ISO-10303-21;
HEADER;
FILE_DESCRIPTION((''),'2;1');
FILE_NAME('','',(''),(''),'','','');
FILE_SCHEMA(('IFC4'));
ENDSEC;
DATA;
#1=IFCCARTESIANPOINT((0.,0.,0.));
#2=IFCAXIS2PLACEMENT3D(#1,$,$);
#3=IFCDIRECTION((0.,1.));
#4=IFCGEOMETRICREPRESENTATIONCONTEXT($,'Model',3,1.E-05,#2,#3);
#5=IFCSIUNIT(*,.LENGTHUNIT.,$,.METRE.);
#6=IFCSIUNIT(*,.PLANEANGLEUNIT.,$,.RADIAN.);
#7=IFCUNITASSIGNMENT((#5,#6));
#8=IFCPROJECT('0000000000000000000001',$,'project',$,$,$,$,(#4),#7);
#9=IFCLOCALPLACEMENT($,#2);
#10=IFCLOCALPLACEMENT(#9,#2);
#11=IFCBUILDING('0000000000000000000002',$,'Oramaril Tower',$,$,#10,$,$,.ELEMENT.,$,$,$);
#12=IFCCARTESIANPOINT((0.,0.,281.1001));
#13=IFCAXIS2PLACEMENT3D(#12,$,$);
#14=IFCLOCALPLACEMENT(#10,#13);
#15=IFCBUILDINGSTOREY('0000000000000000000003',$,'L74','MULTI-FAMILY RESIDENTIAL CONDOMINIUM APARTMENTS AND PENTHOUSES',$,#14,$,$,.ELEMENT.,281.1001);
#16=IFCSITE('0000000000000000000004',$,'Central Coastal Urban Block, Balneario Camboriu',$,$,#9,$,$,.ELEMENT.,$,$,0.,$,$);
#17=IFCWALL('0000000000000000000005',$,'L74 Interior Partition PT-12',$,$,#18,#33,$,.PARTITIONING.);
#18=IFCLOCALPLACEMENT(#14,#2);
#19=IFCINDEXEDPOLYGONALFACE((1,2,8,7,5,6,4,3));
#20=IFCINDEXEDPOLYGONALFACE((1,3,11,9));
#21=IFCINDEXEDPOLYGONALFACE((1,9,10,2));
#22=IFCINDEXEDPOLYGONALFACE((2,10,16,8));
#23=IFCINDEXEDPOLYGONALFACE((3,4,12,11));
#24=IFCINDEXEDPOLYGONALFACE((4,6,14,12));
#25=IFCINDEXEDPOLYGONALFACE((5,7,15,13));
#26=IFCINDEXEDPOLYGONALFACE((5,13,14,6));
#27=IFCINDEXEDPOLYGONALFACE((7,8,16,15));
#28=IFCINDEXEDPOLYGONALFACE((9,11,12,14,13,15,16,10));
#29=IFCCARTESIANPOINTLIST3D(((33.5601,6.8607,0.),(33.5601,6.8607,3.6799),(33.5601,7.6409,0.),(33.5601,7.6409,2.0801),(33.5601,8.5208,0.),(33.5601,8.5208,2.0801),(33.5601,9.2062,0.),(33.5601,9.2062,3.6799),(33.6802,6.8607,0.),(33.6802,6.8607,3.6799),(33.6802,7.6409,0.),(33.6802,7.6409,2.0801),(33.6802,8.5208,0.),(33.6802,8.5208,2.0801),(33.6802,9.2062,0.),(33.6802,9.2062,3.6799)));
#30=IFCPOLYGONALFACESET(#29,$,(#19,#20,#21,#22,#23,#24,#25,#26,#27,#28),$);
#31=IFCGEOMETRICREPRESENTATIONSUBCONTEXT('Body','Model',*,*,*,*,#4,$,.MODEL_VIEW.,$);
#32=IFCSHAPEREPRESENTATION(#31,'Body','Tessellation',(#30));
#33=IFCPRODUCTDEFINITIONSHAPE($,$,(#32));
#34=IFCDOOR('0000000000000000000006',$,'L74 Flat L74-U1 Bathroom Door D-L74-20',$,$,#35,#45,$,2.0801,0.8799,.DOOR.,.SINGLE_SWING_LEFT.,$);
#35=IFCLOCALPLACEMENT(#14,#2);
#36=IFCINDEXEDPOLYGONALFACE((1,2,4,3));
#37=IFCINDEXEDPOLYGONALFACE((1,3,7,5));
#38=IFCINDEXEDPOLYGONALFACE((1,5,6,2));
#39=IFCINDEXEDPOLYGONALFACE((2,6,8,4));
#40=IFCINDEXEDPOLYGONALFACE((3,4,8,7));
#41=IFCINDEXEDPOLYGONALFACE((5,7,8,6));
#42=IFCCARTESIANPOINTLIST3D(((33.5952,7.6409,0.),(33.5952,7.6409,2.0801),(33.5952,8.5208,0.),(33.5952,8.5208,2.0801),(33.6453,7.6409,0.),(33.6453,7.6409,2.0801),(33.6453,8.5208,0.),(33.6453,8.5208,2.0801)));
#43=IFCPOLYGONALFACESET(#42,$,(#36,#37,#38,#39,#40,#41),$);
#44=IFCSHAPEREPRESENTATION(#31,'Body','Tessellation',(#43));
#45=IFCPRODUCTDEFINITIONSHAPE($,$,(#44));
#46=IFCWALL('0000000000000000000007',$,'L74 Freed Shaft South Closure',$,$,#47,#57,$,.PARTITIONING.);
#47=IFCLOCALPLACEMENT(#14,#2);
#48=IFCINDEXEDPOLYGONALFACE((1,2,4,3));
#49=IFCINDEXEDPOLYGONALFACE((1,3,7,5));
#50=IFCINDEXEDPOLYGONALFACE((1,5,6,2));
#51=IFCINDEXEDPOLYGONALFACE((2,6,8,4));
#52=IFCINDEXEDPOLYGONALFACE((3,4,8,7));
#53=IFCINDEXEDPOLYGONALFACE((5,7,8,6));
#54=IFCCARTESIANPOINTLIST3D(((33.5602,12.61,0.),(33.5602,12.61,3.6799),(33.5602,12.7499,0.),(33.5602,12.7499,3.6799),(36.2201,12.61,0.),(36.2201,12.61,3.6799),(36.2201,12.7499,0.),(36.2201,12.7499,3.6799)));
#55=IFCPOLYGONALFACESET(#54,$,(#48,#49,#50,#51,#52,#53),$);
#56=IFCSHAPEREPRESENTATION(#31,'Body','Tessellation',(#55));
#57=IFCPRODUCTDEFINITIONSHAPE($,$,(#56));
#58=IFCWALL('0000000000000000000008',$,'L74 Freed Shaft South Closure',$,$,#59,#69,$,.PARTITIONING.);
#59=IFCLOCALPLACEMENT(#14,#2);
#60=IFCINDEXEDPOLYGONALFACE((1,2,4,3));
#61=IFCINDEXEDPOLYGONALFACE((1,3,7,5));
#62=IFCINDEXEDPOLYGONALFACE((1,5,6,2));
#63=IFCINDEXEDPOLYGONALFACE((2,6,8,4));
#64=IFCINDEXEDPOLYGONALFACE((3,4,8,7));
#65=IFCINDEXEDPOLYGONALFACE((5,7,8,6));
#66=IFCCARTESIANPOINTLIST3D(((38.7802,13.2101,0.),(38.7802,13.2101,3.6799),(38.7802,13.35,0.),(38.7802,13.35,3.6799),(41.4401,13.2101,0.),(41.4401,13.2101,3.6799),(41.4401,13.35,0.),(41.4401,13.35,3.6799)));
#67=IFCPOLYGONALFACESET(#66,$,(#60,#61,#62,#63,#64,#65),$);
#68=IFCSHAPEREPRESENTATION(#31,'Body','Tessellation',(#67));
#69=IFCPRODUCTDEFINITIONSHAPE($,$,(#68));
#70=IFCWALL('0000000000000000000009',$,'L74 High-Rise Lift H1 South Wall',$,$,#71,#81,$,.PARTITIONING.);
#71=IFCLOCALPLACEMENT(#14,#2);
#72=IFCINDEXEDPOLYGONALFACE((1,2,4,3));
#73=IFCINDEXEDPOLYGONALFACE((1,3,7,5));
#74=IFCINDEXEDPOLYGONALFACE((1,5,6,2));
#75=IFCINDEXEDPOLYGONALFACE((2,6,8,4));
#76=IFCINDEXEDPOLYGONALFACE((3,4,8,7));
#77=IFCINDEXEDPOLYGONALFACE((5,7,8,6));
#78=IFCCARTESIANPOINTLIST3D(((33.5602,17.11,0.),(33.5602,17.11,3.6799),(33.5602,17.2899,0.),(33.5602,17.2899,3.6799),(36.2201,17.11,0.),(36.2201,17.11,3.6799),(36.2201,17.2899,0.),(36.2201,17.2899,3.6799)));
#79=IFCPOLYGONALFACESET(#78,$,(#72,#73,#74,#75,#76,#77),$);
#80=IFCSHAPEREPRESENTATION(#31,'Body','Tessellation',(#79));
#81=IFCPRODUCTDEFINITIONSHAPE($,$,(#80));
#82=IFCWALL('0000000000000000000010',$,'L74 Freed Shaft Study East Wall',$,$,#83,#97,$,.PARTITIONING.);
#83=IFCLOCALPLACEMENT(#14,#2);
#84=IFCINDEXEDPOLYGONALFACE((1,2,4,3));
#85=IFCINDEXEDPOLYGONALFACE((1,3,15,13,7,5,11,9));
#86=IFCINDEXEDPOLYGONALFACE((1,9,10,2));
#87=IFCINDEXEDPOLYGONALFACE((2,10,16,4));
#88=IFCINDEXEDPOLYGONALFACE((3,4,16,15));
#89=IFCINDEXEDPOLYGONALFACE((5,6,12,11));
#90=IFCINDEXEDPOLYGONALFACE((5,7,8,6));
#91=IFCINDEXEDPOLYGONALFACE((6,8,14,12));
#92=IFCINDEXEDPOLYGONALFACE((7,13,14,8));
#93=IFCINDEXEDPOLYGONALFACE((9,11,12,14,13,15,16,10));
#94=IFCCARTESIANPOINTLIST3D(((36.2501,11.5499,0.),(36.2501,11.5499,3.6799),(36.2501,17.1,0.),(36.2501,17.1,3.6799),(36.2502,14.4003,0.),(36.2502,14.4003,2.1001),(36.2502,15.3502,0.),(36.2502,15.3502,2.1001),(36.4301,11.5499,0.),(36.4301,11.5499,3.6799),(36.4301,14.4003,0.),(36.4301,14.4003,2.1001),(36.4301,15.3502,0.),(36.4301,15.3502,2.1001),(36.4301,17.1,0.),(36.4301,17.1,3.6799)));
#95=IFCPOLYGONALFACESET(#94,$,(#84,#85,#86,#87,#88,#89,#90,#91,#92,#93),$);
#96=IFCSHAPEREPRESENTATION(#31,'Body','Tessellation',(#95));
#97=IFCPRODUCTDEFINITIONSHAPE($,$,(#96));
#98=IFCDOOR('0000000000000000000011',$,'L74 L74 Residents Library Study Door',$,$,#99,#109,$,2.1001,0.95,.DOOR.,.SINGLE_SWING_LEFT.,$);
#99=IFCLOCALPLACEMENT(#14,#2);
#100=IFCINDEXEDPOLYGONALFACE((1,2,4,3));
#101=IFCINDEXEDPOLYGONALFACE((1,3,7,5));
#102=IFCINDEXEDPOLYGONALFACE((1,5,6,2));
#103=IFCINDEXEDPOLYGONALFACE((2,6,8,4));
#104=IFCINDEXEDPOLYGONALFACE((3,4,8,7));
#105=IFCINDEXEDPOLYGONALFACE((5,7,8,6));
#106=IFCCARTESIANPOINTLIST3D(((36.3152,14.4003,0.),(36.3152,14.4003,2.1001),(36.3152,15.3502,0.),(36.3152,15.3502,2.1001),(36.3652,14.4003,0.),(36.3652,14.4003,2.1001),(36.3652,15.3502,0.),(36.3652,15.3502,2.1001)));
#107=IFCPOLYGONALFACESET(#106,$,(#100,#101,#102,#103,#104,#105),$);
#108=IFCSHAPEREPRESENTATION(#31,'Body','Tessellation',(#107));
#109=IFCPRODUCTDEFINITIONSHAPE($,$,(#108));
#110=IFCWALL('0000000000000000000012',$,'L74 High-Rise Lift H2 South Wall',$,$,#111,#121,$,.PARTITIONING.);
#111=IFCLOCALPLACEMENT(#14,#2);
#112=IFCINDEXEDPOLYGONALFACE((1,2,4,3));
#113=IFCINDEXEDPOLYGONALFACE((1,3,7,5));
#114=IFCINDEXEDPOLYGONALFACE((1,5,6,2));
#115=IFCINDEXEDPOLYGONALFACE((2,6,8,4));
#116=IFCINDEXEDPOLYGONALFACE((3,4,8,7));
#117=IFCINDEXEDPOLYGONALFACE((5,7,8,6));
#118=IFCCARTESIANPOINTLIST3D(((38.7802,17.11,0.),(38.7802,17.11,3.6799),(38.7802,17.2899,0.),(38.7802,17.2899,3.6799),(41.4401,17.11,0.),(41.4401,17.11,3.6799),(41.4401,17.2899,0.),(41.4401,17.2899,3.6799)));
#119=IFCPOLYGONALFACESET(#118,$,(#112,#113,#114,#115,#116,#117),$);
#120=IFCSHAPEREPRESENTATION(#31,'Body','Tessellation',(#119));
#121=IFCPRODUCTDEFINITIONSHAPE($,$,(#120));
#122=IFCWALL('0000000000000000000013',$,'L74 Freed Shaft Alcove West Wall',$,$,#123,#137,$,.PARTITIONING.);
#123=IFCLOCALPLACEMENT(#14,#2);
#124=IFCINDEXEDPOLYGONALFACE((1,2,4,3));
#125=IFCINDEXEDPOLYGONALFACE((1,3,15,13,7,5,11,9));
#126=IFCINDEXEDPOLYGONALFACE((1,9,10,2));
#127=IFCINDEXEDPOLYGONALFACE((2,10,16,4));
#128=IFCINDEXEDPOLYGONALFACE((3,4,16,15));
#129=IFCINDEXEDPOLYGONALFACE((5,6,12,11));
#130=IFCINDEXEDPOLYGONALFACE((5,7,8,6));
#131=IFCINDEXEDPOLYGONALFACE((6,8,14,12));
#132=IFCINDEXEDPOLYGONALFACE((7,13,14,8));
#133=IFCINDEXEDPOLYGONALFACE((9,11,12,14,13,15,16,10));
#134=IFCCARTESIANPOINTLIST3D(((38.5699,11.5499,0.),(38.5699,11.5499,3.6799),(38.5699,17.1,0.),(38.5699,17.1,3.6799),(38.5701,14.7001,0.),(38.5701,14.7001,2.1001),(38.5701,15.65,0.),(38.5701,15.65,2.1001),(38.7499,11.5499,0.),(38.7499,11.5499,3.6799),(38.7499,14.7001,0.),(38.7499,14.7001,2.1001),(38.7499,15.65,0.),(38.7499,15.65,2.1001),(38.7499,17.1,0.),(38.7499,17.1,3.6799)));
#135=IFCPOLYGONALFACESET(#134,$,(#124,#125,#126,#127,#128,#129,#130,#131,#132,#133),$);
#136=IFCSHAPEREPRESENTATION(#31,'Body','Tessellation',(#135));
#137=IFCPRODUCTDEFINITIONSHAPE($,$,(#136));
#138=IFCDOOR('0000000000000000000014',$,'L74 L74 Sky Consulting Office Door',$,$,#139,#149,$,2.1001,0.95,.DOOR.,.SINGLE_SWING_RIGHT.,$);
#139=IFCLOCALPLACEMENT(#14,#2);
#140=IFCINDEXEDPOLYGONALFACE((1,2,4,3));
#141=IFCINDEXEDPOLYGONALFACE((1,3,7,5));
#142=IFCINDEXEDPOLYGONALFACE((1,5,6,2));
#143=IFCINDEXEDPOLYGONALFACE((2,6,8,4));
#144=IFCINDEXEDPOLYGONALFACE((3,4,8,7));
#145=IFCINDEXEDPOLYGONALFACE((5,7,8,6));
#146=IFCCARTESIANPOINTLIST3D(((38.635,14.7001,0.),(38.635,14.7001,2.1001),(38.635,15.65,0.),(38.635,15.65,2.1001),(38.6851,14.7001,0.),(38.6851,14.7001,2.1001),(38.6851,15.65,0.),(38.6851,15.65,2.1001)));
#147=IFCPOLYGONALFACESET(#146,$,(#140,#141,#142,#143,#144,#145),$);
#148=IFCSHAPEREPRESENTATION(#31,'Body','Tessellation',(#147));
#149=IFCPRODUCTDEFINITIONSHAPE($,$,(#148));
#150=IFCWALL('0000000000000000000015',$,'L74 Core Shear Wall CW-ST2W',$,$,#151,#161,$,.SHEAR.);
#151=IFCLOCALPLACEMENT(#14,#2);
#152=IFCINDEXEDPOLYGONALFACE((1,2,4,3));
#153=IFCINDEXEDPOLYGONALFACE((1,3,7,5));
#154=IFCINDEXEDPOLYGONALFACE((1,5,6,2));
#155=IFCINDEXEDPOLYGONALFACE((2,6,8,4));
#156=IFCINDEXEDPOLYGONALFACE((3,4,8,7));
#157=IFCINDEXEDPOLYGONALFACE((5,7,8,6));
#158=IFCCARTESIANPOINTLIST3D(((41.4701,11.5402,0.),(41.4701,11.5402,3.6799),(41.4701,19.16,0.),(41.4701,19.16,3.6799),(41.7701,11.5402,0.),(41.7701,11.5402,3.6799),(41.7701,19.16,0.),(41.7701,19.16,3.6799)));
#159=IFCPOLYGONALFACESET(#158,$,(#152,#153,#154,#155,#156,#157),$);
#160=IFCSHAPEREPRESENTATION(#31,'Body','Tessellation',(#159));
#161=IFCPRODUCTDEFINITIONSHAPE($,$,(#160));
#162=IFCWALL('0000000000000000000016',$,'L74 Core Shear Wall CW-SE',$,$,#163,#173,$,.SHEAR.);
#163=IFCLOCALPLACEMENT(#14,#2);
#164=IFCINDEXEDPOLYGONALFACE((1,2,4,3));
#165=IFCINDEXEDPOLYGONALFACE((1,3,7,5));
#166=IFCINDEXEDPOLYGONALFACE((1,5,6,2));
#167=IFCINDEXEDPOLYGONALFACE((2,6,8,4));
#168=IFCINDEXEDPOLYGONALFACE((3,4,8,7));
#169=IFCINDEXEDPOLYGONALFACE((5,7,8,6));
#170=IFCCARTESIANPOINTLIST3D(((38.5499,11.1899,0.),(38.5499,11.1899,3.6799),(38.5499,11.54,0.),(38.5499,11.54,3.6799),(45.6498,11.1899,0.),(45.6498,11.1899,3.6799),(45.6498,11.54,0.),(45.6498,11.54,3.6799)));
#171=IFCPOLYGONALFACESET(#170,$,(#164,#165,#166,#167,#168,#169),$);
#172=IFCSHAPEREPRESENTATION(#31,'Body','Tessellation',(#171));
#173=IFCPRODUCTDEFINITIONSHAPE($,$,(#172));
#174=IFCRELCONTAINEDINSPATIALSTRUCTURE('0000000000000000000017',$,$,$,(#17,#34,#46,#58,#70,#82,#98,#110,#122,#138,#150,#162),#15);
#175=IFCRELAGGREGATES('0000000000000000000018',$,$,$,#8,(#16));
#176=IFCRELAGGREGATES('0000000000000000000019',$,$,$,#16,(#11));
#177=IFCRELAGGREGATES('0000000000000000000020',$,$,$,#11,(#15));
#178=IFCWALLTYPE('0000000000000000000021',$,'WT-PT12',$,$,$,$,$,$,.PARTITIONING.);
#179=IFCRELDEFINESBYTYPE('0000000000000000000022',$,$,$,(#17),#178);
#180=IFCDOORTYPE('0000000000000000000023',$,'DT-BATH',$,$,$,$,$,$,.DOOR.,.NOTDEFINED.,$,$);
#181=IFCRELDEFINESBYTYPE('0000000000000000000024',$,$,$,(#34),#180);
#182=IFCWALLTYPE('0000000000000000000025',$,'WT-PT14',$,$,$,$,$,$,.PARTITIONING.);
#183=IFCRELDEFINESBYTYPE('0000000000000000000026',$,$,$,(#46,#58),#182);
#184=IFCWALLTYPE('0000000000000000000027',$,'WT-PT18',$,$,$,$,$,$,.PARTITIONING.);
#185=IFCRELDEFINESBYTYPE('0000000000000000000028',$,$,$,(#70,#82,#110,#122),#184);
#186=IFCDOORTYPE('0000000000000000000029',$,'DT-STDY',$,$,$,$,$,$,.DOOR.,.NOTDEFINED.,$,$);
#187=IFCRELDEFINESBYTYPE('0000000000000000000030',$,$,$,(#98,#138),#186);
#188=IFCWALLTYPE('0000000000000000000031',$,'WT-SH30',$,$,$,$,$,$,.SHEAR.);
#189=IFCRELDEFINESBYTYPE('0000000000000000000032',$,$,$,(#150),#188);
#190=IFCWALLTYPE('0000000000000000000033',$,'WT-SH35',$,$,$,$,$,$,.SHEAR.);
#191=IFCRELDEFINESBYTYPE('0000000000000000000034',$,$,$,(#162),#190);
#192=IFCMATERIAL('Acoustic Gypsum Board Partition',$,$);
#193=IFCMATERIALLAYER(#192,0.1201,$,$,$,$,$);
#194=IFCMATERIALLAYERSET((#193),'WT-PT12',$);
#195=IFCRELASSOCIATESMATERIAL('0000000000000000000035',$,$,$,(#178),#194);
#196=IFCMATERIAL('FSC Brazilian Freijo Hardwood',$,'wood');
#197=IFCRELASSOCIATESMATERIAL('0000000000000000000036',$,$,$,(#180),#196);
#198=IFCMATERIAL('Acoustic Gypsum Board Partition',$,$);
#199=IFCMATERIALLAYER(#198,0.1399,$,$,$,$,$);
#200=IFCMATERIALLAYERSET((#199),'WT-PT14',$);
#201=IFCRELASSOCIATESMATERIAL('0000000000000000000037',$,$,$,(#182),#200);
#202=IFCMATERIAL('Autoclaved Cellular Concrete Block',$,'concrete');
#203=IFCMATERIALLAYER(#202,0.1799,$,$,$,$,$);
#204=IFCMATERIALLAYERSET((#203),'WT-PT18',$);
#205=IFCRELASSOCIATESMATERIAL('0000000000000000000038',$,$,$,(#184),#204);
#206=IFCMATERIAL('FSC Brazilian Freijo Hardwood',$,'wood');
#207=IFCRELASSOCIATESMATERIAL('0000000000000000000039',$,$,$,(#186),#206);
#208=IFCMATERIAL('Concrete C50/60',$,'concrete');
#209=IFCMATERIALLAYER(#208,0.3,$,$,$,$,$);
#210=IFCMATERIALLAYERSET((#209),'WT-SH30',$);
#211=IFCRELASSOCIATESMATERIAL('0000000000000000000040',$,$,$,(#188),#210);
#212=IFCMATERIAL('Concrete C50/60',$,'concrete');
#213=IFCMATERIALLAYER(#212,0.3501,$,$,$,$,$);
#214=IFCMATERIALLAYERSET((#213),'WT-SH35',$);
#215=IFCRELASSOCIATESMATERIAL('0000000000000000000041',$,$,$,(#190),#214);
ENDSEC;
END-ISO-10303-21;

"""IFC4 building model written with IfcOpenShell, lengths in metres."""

from ifc_helpers import new_model, si_unit, direction, frame, frame_2d, origin, place, context, subcontext, project, spatial, rectangle, extrude, material, layer, layer_set, type_object, element, fill, save


model = new_model("IFC4")

# Units and contexts
model_context = context("Model", 3, precision=1e-05, world=origin(), true_north=direction((0.0, 1.0)))
body_context = subcontext(model_context, "Body", "Model", "MODEL_VIEW")
ifc_project = project(units=[si_unit("LENGTHUNIT", "METRE"), si_unit("PLANEANGLEUNIT", "RADIAN")], contexts=[model_context])

# Site, building, storey
site_placement = place(None, origin())
site = spatial("IfcSite", under=ifc_project, at=site_placement, Name="Central Coastal Urban Block, Balneario Camboriu", CompositionType="ELEMENT", RefElevation=0.0)
building_placement = place(site_placement, origin())
building = spatial("IfcBuilding", under=site, at=building_placement, Name="Oramaril Tower", CompositionType="ELEMENT")
storey_placement = place(building_placement, frame((0.0, 0.0, 281.1001)))
storey = spatial("IfcBuildingStorey", under=building, at=storey_placement, Name="L74", Description="MULTI-FAMILY RESIDENTIAL CONDOMINIUM APARTMENTS AND PENTHOUSES", CompositionType="ELEMENT", Elevation=281.1001)

# Wall, opening, door
ifc_material_1 = material(Name="Acoustic Gypsum Board Partition")
ifc_layer_1 = layer(ifc_material_1, 0.1201)
ifc_layer_set_1 = layer_set([ifc_layer_1], Name="WT-PT12")
wall_type_1 = type_object("IfcWallType", Name="WT-PT12", PredefinedType="PARTITIONING", material=ifc_layer_set_1)
wall_1_placement = place(storey_placement, frame((33.6201, 6.8606, 0.0), z_axis=(0.0, 0.0, 1.0), x_axis=(0.0, 1.0, 0.0)))
wall_1 = element("IfcWall", 1, at=wall_1_placement, inside=storey, type_object=wall_type_1, Name="L74 Interior Partition PT-12", PredefinedType="PARTITIONING", context=body_context, shape_type="SweptSolid", body=[
    extrude(rectangle(XDim=2.3455, YDim=0.1201, at=frame_2d((1.1729, 0.0))), origin(), (0.0, 0.0, 1.0), 3.6799),
])
opening_1_placement = place(wall_1_placement, frame((0.7803, 0.0, 0.0)))
opening_1 = element("IfcOpeningElement", 2, at=opening_1_placement, cuts=wall_1, PredefinedType="OPENING", context=body_context, shape_type="SweptSolid", body=[
    extrude(rectangle(XDim=0.8799, YDim=2.0801, at=frame_2d((0.4399, 1.04))), frame((0.0, 0.0601, 0.0), z_axis=(0.0, -1.0, 0.0), x_axis=(1.0, 0.0, 0.0)), (0.0, 0.0, 1.0), 0.1201),
])
ifc_material_2 = material(Name="FSC Brazilian Freijo Hardwood", Category="wood")
door_type_1 = type_object("IfcDoorType", Name="DT-BATH", OperationType="NOTDEFINED", PredefinedType="DOOR", material=ifc_material_2)
door_1_placement = place(opening_1_placement, origin())
door_1 = element("IfcDoor", 3, at=door_1_placement, inside=storey, type_object=door_type_1, Name="L74 Flat L74-U1 Bathroom Door D-L74-20", OperationType="SINGLE_SWING_LEFT", OverallHeight=2.0801, OverallWidth=0.8799, PredefinedType="DOOR", context=body_context, shape_type="SweptSolid", body=[
    extrude(rectangle(XDim=0.8799, YDim=2.0801, at=frame_2d((0.4399, 1.04))), frame((0.0, 0.0249, 0.0), z_axis=(0.0, -1.0, 0.0), x_axis=(1.0, 0.0, 0.0)), (0.0, 0.0, 1.0), 0.05),
])
fill(opening_1, door_1)

# Walls
ifc_material_3 = material(Name="Acoustic Gypsum Board Partition")
ifc_layer_2 = layer(ifc_material_3, 0.1399)
ifc_layer_set_2 = layer_set([ifc_layer_2], Name="WT-PT14")
wall_type_2 = type_object("IfcWallType", Name="WT-PT14", PredefinedType="PARTITIONING", material=ifc_layer_set_2)
for number, where, z_axis, x_axis, name in (
    (4, (33.5601, 12.6799, 0.0), (0.0, 0.0, 1.0), (1.0, 0.0, 0.0), "L74 Freed Shaft South Closure"),
    (5, (38.78, 13.28, 0.0), (0.0, 0.0, 1.0), (1.0, 0.0, 0.0), "L74 Freed Shaft South Closure"),
):
    element("IfcWall", number, at=place(storey_placement, frame(where, z_axis=z_axis, x_axis=x_axis)), inside=storey, type_object=wall_type_2, Name=name, PredefinedType="PARTITIONING", context=body_context, shape_type="SweptSolid", body=[
        extrude(rectangle(XDim=2.6599, YDim=0.1399, at=frame_2d((1.3301, 0.0))), origin(), (0.0, 0.0, 1.0), 3.6799),
    ])
ifc_material_4 = material(Name="Autoclaved Cellular Concrete Block", Category="concrete")
ifc_layer_3 = layer(ifc_material_4, 0.1799)
ifc_layer_set_3 = layer_set([ifc_layer_3], Name="WT-PT18")
wall_type_3 = type_object("IfcWallType", Name="WT-PT18", PredefinedType="PARTITIONING", material=ifc_layer_set_3)
wall_2_placement = place(storey_placement, frame((33.5601, 17.2, 0.0), z_axis=(0.0, 0.0, 1.0), x_axis=(1.0, 0.0, 0.0)))
element("IfcWall", 6, at=wall_2_placement, inside=storey, type_object=wall_type_3, Name="L74 High-Rise Lift H1 South Wall", PredefinedType="PARTITIONING", context=body_context, shape_type="SweptSolid", body=[
    extrude(rectangle(XDim=2.6599, YDim=0.1799, at=frame_2d((1.3301, 0.0))), origin(), (0.0, 0.0, 1.0), 3.6799),
])

# Wall, opening, door
wall_3_placement = place(storey_placement, frame((36.3401, 11.55, 0.0), z_axis=(0.0, 0.0, 1.0), x_axis=(0.0, 1.0, 0.0)))
wall_3 = element("IfcWall", 7, at=wall_3_placement, inside=storey, type_object=wall_type_3, Name="L74 Freed Shaft Study East Wall", PredefinedType="PARTITIONING", context=body_context, shape_type="SweptSolid", body=[
    extrude(rectangle(XDim=5.55, YDim=0.1799, at=frame_2d((2.7749, 0.0))), origin(), (0.0, 0.0, 1.0), 3.6799),
])
opening_2_placement = place(wall_3_placement, frame((2.8501, 0.0, 0.0)))
opening_2 = element("IfcOpeningElement", 8, at=opening_2_placement, cuts=wall_3, PredefinedType="OPENING", context=body_context, shape_type="SweptSolid", body=[
    extrude(rectangle(XDim=0.95, YDim=2.1001, at=frame_2d((0.4751, 1.05))), frame((0.0, 0.0898, 0.0), z_axis=(0.0, -1.0, 0.0), x_axis=(1.0, 0.0, 0.0)), (0.0, 0.0, 1.0), 0.1799),
])
ifc_material_5 = material(Name="FSC Brazilian Freijo Hardwood", Category="wood")
door_type_2 = type_object("IfcDoorType", Name="DT-STDY", OperationType="NOTDEFINED", PredefinedType="DOOR", material=ifc_material_5)
door_2_placement = place(opening_2_placement, origin())
door_2 = element("IfcDoor", 9, at=door_2_placement, inside=storey, type_object=door_type_2, Name="L74 L74 Residents Library Study Door", OperationType="SINGLE_SWING_LEFT", OverallHeight=2.1001, OverallWidth=0.95, PredefinedType="DOOR", context=body_context, shape_type="SweptSolid", body=[
    extrude(rectangle(XDim=0.95, YDim=2.1001, at=frame_2d((0.4751, 1.05))), frame((0.0, 0.0249, 0.0), z_axis=(0.0, -1.0, 0.0), x_axis=(1.0, 0.0, 0.0)), (0.0, 0.0, 1.0), 0.05),
])
fill(opening_2, door_2)

# Wall
wall_4_placement = place(storey_placement, frame((38.78, 17.2, 0.0), z_axis=(0.0, 0.0, 1.0), x_axis=(1.0, 0.0, 0.0)))
element("IfcWall", 10, at=wall_4_placement, inside=storey, type_object=wall_type_3, Name="L74 High-Rise Lift H2 South Wall", PredefinedType="PARTITIONING", context=body_context, shape_type="SweptSolid", body=[
    extrude(rectangle(XDim=2.6599, YDim=0.1799, at=frame_2d((1.3301, 0.0))), origin(), (0.0, 0.0, 1.0), 3.6799),
])

# Wall, opening, door
wall_5_placement = place(storey_placement, frame((38.6599, 11.55, 0.0), z_axis=(0.0, 0.0, 1.0), x_axis=(0.0, 1.0, 0.0)))
wall_5 = element("IfcWall", 11, at=wall_5_placement, inside=storey, type_object=wall_type_3, Name="L74 Freed Shaft Alcove West Wall", PredefinedType="PARTITIONING", context=body_context, shape_type="SweptSolid", body=[
    extrude(rectangle(XDim=5.55, YDim=0.1799, at=frame_2d((2.7749, 0.0))), origin(), (0.0, 0.0, 1.0), 3.6799),
])
opening_3_placement = place(wall_5_placement, frame((3.1499, 0.0, 0.0)))
opening_3 = element("IfcOpeningElement", 12, at=opening_3_placement, cuts=wall_5, PredefinedType="OPENING", context=body_context, shape_type="SweptSolid", body=[
    extrude(rectangle(XDim=0.95, YDim=2.1001, at=frame_2d((0.4751, 1.05))), frame((0.0, 0.0898, 0.0), z_axis=(0.0, -1.0, 0.0), x_axis=(1.0, 0.0, 0.0)), (0.0, 0.0, 1.0), 0.1799),
])
door_3_placement = place(opening_3_placement, origin())
door_3 = element("IfcDoor", 13, at=door_3_placement, inside=storey, type_object=door_type_2, Name="L74 L74 Sky Consulting Office Door", OperationType="SINGLE_SWING_RIGHT", OverallHeight=2.1001, OverallWidth=0.95, PredefinedType="DOOR", context=body_context, shape_type="SweptSolid", body=[
    extrude(rectangle(XDim=0.95, YDim=2.1001, at=frame_2d((0.4751, 1.05))), frame((0.0, 0.0249, 0.0), z_axis=(0.0, -1.0, 0.0), x_axis=(1.0, 0.0, 0.0)), (0.0, 0.0, 1.0), 0.05),
])
fill(opening_3, door_3)

# Walls
ifc_material_6 = material(Name="Concrete C50/60", Category="concrete")
ifc_layer_4 = layer(ifc_material_6, 0.3)
ifc_layer_set_4 = layer_set([ifc_layer_4], Name="WT-SH30")
wall_type_4 = type_object("IfcWallType", Name="WT-SH30", PredefinedType="SHEAR", material=ifc_layer_set_4)
wall_6_placement = place(storey_placement, frame((41.6201, 11.54, 0.0), z_axis=(0.0, 0.0, 1.0), x_axis=(0.0, 1.0, 0.0)))
element("IfcWall", 14, at=wall_6_placement, inside=storey, type_object=wall_type_4, Name="L74 Core Shear Wall CW-ST2W", PredefinedType="SHEAR", context=body_context, shape_type="SweptSolid", body=[
    extrude(rectangle(XDim=7.6199, YDim=0.3, at=frame_2d((3.8101, 0.0))), origin(), (0.0, 0.0, 1.0), 3.6799),
])
ifc_material_7 = material(Name="Concrete C50/60", Category="concrete")
ifc_layer_5 = layer(ifc_material_7, 0.3501)
ifc_layer_set_5 = layer_set([ifc_layer_5], Name="WT-SH35")
wall_type_5 = type_object("IfcWallType", Name="WT-SH35", PredefinedType="SHEAR", material=ifc_layer_set_5)
wall_7_placement = place(storey_placement, frame((38.55, 11.365, 0.0), z_axis=(0.0, 0.0, 1.0), x_axis=(1.0, 0.0, 0.0)))
element("IfcWall", 15, at=wall_7_placement, inside=storey, type_object=wall_type_5, Name="L74 Core Shear Wall CW-SE", PredefinedType="SHEAR", context=body_context, shape_type="SweptSolid", body=[
    extrude(rectangle(XDim=7.0999, YDim=0.3501, at=frame_2d((3.5498, 0.0))), origin(), (0.0, 0.0, 1.0), 3.6799),
])

save(model, "model.ifc")
